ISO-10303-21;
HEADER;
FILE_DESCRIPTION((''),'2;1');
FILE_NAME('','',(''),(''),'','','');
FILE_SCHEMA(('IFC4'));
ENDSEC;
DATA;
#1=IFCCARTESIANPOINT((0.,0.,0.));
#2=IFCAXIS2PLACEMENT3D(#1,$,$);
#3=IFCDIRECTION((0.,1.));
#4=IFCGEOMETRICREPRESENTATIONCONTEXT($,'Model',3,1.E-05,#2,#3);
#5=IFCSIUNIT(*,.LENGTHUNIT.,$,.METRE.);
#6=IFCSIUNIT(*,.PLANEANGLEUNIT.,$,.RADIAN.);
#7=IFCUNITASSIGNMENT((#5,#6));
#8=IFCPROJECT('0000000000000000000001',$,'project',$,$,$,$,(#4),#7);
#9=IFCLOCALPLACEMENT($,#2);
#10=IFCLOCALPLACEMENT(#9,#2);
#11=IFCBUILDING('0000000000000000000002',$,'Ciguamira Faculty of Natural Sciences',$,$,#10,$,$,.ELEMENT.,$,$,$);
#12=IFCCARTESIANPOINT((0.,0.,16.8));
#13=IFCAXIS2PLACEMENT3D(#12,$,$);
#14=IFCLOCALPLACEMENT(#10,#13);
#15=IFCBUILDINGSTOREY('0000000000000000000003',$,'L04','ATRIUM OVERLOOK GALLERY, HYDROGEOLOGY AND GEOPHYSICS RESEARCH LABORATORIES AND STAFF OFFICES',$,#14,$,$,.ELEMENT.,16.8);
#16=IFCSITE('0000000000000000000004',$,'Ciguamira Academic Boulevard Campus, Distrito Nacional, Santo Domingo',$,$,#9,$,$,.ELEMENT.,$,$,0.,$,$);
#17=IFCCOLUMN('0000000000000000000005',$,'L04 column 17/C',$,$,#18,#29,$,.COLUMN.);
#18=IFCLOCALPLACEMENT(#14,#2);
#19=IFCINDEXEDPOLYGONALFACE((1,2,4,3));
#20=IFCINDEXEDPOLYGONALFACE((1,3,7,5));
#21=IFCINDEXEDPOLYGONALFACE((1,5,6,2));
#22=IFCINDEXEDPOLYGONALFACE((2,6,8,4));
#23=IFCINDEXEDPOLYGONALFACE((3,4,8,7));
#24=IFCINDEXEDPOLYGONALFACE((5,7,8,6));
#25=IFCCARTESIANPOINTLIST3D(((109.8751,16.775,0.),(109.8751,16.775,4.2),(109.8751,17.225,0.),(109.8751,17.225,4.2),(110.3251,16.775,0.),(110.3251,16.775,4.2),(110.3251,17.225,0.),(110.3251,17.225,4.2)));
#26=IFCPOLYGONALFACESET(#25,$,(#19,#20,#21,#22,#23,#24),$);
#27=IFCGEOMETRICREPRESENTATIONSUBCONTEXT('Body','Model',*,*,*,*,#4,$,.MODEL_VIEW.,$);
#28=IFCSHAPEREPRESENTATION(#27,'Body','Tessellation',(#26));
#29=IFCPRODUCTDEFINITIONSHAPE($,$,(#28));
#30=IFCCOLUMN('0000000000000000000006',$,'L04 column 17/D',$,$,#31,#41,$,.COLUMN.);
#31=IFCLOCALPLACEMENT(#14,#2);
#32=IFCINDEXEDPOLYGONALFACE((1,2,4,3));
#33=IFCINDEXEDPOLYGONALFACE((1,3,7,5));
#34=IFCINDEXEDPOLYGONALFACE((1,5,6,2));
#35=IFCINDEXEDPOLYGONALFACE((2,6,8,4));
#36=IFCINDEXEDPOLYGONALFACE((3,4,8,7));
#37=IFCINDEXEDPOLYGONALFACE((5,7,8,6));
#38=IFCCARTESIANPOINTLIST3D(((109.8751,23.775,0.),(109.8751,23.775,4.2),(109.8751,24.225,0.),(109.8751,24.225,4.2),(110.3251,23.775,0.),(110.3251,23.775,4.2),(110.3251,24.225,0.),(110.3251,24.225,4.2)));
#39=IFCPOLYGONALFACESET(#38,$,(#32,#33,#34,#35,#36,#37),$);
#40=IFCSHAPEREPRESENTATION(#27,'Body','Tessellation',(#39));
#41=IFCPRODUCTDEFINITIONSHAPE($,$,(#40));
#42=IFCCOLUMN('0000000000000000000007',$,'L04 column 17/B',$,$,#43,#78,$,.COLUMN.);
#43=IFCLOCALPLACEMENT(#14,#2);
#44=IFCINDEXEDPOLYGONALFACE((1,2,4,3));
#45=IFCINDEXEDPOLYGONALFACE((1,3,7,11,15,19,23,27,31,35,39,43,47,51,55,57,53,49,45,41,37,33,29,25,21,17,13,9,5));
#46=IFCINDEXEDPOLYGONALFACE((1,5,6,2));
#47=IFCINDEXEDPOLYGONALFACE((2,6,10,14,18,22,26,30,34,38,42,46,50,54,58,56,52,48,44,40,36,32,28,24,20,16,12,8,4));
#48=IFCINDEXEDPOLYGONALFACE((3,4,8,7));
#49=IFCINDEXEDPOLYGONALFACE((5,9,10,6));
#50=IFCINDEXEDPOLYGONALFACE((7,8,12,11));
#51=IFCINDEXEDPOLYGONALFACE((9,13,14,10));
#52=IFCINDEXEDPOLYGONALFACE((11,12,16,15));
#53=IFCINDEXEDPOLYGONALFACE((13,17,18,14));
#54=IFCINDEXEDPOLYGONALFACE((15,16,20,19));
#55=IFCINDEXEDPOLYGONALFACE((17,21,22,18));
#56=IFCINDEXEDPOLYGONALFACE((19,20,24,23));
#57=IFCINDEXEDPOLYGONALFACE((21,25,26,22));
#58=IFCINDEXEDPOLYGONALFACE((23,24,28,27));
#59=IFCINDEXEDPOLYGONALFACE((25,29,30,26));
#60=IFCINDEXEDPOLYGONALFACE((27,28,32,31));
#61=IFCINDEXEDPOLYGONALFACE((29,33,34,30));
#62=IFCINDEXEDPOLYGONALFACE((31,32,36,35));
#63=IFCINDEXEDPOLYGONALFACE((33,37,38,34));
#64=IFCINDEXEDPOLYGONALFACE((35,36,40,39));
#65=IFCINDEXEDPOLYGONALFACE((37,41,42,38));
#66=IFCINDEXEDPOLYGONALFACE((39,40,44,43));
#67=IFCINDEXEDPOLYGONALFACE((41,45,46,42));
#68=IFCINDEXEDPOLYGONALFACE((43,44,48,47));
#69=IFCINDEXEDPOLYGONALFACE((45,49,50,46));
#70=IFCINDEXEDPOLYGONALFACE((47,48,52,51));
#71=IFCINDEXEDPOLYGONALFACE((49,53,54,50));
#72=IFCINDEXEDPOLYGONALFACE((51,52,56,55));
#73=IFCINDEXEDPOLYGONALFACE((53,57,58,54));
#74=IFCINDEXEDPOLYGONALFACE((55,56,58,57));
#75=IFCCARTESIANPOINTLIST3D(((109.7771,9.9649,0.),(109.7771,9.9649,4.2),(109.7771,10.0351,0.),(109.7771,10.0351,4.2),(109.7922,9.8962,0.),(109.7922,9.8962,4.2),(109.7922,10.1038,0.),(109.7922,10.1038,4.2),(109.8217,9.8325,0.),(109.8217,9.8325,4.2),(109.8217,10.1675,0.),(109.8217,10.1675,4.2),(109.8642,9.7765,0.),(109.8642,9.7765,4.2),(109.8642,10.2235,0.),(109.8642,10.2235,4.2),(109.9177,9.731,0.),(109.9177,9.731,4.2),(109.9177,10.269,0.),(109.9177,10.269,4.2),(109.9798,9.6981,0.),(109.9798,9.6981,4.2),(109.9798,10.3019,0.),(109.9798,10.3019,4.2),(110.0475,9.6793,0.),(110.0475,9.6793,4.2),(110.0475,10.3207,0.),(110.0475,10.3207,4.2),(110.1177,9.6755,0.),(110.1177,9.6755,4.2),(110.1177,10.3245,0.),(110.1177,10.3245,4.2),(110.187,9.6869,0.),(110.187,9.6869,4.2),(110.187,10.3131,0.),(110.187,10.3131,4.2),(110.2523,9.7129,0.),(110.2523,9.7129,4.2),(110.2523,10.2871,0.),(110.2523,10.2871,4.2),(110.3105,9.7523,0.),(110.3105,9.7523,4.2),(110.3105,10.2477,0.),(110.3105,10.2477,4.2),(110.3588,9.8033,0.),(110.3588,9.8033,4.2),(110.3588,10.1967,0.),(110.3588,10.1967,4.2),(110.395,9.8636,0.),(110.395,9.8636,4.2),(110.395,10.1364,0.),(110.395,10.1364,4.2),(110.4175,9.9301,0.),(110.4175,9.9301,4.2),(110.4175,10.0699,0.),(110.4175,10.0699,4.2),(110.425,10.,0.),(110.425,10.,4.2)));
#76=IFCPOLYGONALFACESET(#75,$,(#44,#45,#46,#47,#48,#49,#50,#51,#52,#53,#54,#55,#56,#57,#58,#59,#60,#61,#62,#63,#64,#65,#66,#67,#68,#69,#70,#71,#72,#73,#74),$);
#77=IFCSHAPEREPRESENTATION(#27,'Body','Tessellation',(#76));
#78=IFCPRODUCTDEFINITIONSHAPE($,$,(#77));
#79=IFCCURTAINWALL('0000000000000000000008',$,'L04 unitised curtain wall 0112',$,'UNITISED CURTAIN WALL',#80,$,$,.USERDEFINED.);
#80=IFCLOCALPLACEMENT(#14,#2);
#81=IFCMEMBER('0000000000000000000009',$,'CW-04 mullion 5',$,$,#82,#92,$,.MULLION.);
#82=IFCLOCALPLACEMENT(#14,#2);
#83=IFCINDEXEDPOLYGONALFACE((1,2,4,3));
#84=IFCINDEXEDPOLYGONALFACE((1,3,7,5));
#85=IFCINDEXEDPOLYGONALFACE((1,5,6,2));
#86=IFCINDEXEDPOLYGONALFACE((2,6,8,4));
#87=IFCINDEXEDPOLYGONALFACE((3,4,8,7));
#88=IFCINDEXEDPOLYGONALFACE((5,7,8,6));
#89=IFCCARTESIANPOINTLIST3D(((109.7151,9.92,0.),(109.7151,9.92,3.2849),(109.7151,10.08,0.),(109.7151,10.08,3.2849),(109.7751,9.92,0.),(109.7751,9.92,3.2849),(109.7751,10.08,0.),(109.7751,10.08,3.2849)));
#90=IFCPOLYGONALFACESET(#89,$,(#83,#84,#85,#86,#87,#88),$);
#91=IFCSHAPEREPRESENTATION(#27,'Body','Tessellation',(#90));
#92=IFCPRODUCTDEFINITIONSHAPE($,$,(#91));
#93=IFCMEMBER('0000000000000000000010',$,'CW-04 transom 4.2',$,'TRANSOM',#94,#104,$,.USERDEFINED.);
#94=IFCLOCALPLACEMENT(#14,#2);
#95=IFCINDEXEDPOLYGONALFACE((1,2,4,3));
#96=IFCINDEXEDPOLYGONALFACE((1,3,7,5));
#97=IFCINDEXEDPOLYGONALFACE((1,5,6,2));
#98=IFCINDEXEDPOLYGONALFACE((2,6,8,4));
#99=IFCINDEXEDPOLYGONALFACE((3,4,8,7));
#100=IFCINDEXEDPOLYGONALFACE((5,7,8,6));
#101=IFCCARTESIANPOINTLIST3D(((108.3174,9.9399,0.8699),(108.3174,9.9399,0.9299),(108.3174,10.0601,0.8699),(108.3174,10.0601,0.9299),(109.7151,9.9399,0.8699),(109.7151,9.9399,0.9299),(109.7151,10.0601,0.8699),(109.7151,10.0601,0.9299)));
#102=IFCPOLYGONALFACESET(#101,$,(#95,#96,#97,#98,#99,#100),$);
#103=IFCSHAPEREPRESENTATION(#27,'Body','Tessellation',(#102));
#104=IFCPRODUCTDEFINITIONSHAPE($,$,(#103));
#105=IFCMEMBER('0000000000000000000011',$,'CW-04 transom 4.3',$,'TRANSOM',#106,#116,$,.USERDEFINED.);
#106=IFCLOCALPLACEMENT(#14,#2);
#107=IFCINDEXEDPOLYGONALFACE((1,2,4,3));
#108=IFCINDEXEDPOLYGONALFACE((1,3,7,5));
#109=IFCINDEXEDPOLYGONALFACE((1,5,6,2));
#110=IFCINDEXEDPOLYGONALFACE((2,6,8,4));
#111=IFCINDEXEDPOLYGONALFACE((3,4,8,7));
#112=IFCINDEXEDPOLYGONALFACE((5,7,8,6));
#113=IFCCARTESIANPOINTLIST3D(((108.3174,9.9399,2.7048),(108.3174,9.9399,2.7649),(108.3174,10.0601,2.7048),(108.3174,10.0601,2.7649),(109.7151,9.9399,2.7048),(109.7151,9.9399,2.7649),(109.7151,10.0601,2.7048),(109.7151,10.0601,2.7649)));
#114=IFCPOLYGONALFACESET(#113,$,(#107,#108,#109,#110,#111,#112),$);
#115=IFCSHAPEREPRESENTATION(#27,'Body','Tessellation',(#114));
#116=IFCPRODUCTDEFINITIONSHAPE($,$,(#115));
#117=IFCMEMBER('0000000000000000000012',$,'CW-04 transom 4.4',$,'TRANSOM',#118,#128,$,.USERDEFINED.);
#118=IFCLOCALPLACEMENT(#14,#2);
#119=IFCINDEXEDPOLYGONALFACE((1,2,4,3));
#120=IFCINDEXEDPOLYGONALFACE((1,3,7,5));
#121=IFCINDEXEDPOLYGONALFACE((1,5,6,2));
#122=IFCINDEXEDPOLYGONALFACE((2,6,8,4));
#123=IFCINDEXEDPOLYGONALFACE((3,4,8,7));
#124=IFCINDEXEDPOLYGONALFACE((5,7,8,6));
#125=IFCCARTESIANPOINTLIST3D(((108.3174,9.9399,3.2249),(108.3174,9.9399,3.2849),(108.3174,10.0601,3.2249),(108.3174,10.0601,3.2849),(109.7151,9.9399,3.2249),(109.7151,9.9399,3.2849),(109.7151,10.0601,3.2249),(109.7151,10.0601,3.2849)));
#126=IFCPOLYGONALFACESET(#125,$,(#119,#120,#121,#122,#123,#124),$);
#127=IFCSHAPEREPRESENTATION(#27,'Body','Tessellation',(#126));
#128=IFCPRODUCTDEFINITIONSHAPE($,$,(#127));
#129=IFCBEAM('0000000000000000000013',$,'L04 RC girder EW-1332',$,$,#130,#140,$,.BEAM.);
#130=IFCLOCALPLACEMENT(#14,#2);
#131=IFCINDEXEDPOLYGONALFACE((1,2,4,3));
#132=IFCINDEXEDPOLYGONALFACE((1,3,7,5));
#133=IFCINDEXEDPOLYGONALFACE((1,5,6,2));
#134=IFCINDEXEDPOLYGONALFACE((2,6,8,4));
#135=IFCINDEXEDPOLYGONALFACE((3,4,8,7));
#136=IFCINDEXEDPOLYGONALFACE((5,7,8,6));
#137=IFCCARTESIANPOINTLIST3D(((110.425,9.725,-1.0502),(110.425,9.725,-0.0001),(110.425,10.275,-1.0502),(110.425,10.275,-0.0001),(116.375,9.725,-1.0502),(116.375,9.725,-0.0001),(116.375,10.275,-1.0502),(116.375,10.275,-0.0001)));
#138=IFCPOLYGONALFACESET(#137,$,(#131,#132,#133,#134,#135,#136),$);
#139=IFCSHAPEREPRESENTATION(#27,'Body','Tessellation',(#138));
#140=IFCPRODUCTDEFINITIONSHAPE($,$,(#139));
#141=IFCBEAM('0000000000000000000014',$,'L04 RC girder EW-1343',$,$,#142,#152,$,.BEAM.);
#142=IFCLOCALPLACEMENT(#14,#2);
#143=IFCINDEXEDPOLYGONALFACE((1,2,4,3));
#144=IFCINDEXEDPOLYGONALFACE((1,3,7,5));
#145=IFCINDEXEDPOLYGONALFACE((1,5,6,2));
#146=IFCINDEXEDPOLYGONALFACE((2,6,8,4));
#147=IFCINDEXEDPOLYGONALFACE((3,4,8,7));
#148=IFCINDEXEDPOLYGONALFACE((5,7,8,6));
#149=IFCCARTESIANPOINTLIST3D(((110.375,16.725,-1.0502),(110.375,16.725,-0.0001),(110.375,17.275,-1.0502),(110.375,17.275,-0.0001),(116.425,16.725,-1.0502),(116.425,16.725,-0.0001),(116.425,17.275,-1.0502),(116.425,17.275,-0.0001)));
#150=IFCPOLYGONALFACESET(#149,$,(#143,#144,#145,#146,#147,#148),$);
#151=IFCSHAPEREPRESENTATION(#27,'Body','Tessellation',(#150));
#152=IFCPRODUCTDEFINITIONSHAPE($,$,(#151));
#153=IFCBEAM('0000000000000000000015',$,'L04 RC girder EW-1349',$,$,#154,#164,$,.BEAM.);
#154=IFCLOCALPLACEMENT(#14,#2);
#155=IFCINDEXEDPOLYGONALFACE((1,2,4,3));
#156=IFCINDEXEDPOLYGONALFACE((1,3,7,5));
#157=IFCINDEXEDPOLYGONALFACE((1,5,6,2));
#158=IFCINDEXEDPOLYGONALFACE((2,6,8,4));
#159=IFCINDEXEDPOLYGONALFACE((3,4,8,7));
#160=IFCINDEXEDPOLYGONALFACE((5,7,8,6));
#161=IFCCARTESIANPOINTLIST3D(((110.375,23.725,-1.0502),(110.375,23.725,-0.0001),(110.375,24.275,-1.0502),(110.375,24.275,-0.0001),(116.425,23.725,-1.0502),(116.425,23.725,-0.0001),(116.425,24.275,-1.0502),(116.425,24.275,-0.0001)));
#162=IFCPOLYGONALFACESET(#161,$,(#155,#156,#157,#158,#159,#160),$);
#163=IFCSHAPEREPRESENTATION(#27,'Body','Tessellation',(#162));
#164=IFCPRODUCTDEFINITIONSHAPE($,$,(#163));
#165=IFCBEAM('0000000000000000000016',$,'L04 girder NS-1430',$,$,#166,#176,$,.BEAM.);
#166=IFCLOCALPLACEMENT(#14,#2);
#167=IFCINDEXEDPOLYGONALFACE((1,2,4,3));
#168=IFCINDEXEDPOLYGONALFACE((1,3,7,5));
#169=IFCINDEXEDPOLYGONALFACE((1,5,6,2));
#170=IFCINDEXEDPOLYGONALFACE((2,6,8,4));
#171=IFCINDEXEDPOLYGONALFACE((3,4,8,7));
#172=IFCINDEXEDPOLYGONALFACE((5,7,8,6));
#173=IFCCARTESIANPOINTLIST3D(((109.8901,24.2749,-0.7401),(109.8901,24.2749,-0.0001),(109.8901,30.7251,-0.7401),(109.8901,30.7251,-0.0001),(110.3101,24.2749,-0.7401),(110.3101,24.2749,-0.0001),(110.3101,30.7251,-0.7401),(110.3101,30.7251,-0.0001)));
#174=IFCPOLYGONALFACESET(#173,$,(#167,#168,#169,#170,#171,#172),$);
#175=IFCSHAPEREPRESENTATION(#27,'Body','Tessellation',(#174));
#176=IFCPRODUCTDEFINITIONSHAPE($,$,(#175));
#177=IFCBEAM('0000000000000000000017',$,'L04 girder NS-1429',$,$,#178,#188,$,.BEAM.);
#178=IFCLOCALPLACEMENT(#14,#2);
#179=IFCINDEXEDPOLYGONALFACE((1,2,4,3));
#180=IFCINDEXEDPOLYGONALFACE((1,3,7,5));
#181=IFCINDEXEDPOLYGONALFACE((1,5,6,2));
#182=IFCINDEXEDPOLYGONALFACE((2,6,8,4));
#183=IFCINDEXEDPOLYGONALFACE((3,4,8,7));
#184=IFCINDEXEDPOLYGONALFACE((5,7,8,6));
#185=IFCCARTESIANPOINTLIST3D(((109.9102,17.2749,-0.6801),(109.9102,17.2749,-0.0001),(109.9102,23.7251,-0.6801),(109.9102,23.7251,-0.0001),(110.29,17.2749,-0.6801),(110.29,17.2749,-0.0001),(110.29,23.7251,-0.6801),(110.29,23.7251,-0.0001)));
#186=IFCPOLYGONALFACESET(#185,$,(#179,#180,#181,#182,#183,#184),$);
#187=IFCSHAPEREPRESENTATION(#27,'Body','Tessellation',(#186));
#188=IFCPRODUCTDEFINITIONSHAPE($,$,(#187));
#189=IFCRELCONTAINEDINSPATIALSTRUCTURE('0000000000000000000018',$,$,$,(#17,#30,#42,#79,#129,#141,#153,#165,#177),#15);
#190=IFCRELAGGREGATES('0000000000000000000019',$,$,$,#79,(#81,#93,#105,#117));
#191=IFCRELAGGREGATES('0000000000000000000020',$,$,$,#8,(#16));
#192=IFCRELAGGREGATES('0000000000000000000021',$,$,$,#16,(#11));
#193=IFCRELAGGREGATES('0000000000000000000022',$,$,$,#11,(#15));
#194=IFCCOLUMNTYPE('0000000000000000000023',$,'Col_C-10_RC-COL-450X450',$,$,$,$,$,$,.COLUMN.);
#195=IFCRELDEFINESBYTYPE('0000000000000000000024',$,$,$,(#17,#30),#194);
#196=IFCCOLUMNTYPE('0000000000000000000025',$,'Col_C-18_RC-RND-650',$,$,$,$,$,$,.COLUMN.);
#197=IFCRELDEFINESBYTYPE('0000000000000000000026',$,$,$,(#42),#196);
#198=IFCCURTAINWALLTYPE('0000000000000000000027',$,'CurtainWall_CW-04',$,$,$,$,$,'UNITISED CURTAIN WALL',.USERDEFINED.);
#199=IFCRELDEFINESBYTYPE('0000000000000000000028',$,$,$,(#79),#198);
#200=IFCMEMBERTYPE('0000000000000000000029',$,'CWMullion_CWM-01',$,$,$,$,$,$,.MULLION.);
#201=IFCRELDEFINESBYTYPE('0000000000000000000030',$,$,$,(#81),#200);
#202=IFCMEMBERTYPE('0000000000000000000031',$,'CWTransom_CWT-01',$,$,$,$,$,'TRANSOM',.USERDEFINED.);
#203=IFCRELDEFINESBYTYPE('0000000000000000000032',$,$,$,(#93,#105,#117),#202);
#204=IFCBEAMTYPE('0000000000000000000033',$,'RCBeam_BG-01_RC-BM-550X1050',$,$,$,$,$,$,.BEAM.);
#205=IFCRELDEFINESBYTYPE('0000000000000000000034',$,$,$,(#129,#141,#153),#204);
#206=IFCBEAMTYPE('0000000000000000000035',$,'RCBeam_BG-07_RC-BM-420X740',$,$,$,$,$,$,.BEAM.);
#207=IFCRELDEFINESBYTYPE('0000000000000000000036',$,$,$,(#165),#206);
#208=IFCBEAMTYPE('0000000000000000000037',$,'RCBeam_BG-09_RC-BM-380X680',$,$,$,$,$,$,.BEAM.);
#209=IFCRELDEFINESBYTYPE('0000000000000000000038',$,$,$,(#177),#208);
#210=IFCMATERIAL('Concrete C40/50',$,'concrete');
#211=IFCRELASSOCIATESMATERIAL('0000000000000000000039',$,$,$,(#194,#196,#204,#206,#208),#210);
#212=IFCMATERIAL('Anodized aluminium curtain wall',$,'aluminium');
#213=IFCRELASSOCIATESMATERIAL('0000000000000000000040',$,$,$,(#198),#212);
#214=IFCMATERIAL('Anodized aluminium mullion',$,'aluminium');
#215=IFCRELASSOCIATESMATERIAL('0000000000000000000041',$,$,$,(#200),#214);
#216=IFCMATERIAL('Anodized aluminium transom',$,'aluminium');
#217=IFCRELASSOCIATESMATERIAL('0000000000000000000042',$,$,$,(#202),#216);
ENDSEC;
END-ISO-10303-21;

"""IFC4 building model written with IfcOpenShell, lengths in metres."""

from ifc_helpers import new_model, si_unit, direction, frame, origin, origin_2d, place, context, subcontext, project, spatial, rectangle, circle, extrude, material, material_profile, profile_set, type_object, element, aggregate, save


model = new_model("IFC4")

# Units and contexts
model_context = context("Model", 3, precision=1e-05, world=origin(), true_north=direction((0.0, 1.0)))
body_context = subcontext(model_context, "Body", "Model", "MODEL_VIEW")
ifc_project = project(units=[si_unit("LENGTHUNIT", "METRE"), si_unit("PLANEANGLEUNIT", "RADIAN")], contexts=[model_context])

# Site, building, storey
site_placement = place(None, origin())
site = spatial("IfcSite", under=ifc_project, at=site_placement, Name="Ciguamira Academic Boulevard Campus, Distrito Nacional, Santo Domingo", CompositionType="ELEMENT", RefElevation=0.0)
building_placement = place(site_placement, origin())
building = spatial("IfcBuilding", under=site, at=building_placement, Name="Ciguamira Faculty of Natural Sciences", CompositionType="ELEMENT")
storey_placement = place(building_placement, frame((0.0, 0.0, 16.8)))
storey = spatial("IfcBuildingStorey", under=building, at=storey_placement, Name="L04", Description="ATRIUM OVERLOOK GALLERY, HYDROGEOLOGY AND GEOPHYSICS RESEARCH LABORATORIES AND STAFF OFFICES", CompositionType="ELEMENT", Elevation=16.8)

# Columns
ifc_material_1 = material(Name="Concrete C40/50", Category="concrete")
ifc_material_profile_1 = material_profile(ifc_material_1, rectangle(XDim=0.45, YDim=0.45, at=origin_2d()), Name="RC-COL-450X450")
ifc_profile_set_1 = profile_set([ifc_material_profile_1], Name="Concrete C40/50")
column_type_1 = type_object("IfcColumnType", Name="Col_C-10_RC-COL-450X450", PredefinedType="COLUMN", material=ifc_profile_set_1)
for number, where, z_axis, x_axis, name in (
    (1, (110.1001, 17.0, 0.0), (0.0, 0.0, 1.0), (1.0, 0.0, 0.0), "L04 column 17/C"),
    (2, (110.1001, 24.0, 0.0), (0.0, 0.0, 1.0), (1.0, 0.0, 0.0), "L04 column 17/D"),
):
    element("IfcColumn", number, at=place(storey_placement, frame(where, z_axis=z_axis, x_axis=x_axis)), inside=storey, type_object=column_type_1, Name=name, PredefinedType="COLUMN", context=body_context, shape_type="SweptSolid", body=[
        extrude(rectangle(XDim=0.45, YDim=0.45, at=origin_2d()), origin(), (0.0, 0.0, 1.0), 4.2),
    ])
ifc_material_profile_2 = material_profile(ifc_material_1, circle(Radius=0.325, at=origin_2d()), Name="RC-RND-650")
ifc_profile_set_2 = profile_set([ifc_material_profile_2], Name="Concrete C40/50")
column_type_2 = type_object("IfcColumnType", Name="Col_C-18_RC-RND-650", PredefinedType="COLUMN", material=ifc_profile_set_2)
column_placement = place(storey_placement, frame((110.1001, 10.0, 0.0), z_axis=(0.0, 0.0, 1.0), x_axis=(1.0, 0.0, 0.0)))
element("IfcColumn", 3, at=column_placement, inside=storey, type_object=column_type_2, Name="L04 column 17/B", PredefinedType="COLUMN", context=body_context, shape_type="SweptSolid", body=[
    extrude(circle(Radius=0.325, at=origin_2d()), origin(), (0.0, 0.0, 1.0), 4.2),
])

# Curtain wall, members
ifc_material_2 = material(Name="Anodized aluminium curtain wall", Category="aluminium")
curtain_wall_type = type_object("IfcCurtainWallType", Name="CurtainWall_CW-04", ElementType="UNITISED CURTAIN WALL", PredefinedType="USERDEFINED", material=ifc_material_2)
curtain_wall_placement = place(storey_placement, origin())
curtain_wall = element("IfcCurtainWall", 4, at=curtain_wall_placement, inside=storey, type_object=curtain_wall_type, Name="L04 unitised curtain wall 0112", ObjectType="UNITISED CURTAIN WALL", PredefinedType="USERDEFINED")
ifc_material_3 = material(Name="Anodized aluminium mullion", Category="aluminium")
ifc_material_profile_3 = material_profile(ifc_material_3, rectangle(XDim=0.0601, YDim=0.1599, at=origin_2d()), Name="ALU-MUL-60X160")
ifc_profile_set_3 = profile_set([ifc_material_profile_3], Name="Anodized aluminium mullion")
member_type_1 = type_object("IfcMemberType", Name="CWMullion_CWM-01", PredefinedType="MULLION", material=ifc_profile_set_3)
member_1_placement = place(storey_placement, frame((109.7451, 10.0, 0.0), z_axis=(0.0, 0.0, 1.0), x_axis=(1.0, 0.0, 0.0)))
member_1 = element("IfcMember", 5, at=member_1_placement, type_object=member_type_1, Name="CW-04 mullion 5", PredefinedType="MULLION", context=body_context, shape_type="SweptSolid", body=[
    extrude(rectangle(XDim=0.0601, YDim=0.1599, at=origin_2d()), origin(), (0.0, 0.0, 1.0), 3.2849),
])
ifc_material_4 = material(Name="Anodized aluminium transom", Category="aluminium")
ifc_material_profile_4 = material_profile(ifc_material_4, rectangle(XDim=0.0601, YDim=0.1201, at=origin_2d()), Name="ALU-TRN-60X120")
ifc_profile_set_4 = profile_set([ifc_material_profile_4], Name="Anodized aluminium transom")
member_type_2 = type_object("IfcMemberType", Name="CWTransom_CWT-01", ElementType="TRANSOM", PredefinedType="USERDEFINED", material=ifc_profile_set_4)
member_2_placement = place(storey_placement, frame((108.3174, 10.0, 0.8999), z_axis=(1.0, 0.0, 0.0), x_axis=(0.0, 0.0, 1.0)))
member_2 = element("IfcMember", 6, at=member_2_placement, type_object=member_type_2, Name="CW-04 transom 4.2", ObjectType="TRANSOM", PredefinedType="USERDEFINED", context=body_context, shape_type="SweptSolid", body=[
    extrude(rectangle(XDim=0.0601, YDim=0.1201, at=origin_2d()), origin(), (0.0, 0.0, 1.0), 1.3977),
])
member_3_placement = place(storey_placement, frame((108.3174, 10.0, 2.7349), z_axis=(1.0, 0.0, 0.0), x_axis=(0.0, 0.0, 1.0)))
member_3 = element("IfcMember", 7, at=member_3_placement, type_object=member_type_2, Name="CW-04 transom 4.3", ObjectType="TRANSOM", PredefinedType="USERDEFINED", context=body_context, shape_type="SweptSolid", body=[
    extrude(rectangle(XDim=0.0601, YDim=0.1201, at=origin_2d()), origin(), (0.0, 0.0, 1.0), 1.3977),
])
member_4_placement = place(storey_placement, frame((108.3174, 10.0, 3.2549), z_axis=(1.0, 0.0, 0.0), x_axis=(0.0, 0.0, 1.0)))
member_4 = element("IfcMember", 8, at=member_4_placement, type_object=member_type_2, Name="CW-04 transom 4.4", ObjectType="TRANSOM", PredefinedType="USERDEFINED", context=body_context, shape_type="SweptSolid", body=[
    extrude(rectangle(XDim=0.0601, YDim=0.1201, at=origin_2d()), origin(), (0.0, 0.0, 1.0), 1.3977),
])

# Beams
ifc_material_profile_5 = material_profile(ifc_material_1, rectangle(XDim=0.55, YDim=1.05, at=origin_2d()), Name="RC-BM-550X1050")
ifc_profile_set_5 = profile_set([ifc_material_profile_5], Name="Concrete C40/50")
beam_type_1 = type_object("IfcBeamType", Name="RCBeam_BG-01_RC-BM-550X1050", PredefinedType="BEAM", material=ifc_profile_set_5)
beam_1_placement = place(storey_placement, frame((110.425, 10.0, -0.5251), z_axis=(1.0, 0.0, 0.0), x_axis=(0.0, 1.0, 0.0)))
element("IfcBeam", 9, at=beam_1_placement, inside=storey, type_object=beam_type_1, Name="L04 RC girder EW-1332", PredefinedType="BEAM", context=body_context, shape_type="SweptSolid", body=[
    extrude(rectangle(XDim=0.55, YDim=1.05, at=origin_2d()), origin(), (0.0, 0.0, 1.0), 5.95),
])
for number, where, z_axis, x_axis, name in (
    (10, (110.375, 17.0, -0.5251), (1.0, 0.0, 0.0), (0.0, 1.0, 0.0), "L04 RC girder EW-1343"),
    (11, (110.375, 24.0, -0.5251), (1.0, 0.0, 0.0), (0.0, 1.0, 0.0), "L04 RC girder EW-1349"),
):
    element("IfcBeam", number, at=place(storey_placement, frame(where, z_axis=z_axis, x_axis=x_axis)), inside=storey, type_object=beam_type_1, Name=name, PredefinedType="BEAM", context=body_context, shape_type="SweptSolid", body=[
        extrude(rectangle(XDim=0.55, YDim=1.05, at=origin_2d()), origin(), (0.0, 0.0, 1.0), 6.05),
    ])
ifc_material_profile_6 = material_profile(ifc_material_1, rectangle(XDim=0.4199, YDim=0.74, at=origin_2d()), Name="RC-BM-420X740")
ifc_profile_set_6 = profile_set([ifc_material_profile_6], Name="Concrete C40/50")
beam_type_2 = type_object("IfcBeamType", Name="RCBeam_BG-07_RC-BM-420X740", PredefinedType="BEAM", material=ifc_profile_set_6)
beam_2_placement = place(storey_placement, frame((110.1001, 24.2749, -0.3701), z_axis=(0.0, 1.0, 0.0), x_axis=(-1.0, 0.0, 0.0)))
element("IfcBeam", 12, at=beam_2_placement, inside=storey, type_object=beam_type_2, Name="L04 girder NS-1430", PredefinedType="BEAM", context=body_context, shape_type="SweptSolid", body=[
    extrude(rectangle(XDim=0.4199, YDim=0.74, at=origin_2d()), origin(), (0.0, 0.0, 1.0), 6.4502),
])
ifc_material_profile_7 = material_profile(ifc_material_1, rectangle(XDim=0.3799, YDim=0.6799, at=origin_2d()), Name="RC-BM-380X680")
ifc_profile_set_7 = profile_set([ifc_material_profile_7], Name="Concrete C40/50")
beam_type_3 = type_object("IfcBeamType", Name="RCBeam_BG-09_RC-BM-380X680", PredefinedType="BEAM", material=ifc_profile_set_7)
beam_3_placement = place(storey_placement, frame((110.1001, 17.2749, -0.3401), z_axis=(0.0, 1.0, 0.0), x_axis=(-1.0, 0.0, 0.0)))
element("IfcBeam", 13, at=beam_3_placement, inside=storey, type_object=beam_type_3, Name="L04 girder NS-1429", PredefinedType="BEAM", context=body_context, shape_type="SweptSolid", body=[
    extrude(rectangle(XDim=0.3799, YDim=0.6799, at=origin_2d()), origin(), (0.0, 0.0, 1.0), 6.4502),
])

aggregate(curtain_wall, [member_1, member_2, member_3, member_4])

save(model, "model.ifc")
